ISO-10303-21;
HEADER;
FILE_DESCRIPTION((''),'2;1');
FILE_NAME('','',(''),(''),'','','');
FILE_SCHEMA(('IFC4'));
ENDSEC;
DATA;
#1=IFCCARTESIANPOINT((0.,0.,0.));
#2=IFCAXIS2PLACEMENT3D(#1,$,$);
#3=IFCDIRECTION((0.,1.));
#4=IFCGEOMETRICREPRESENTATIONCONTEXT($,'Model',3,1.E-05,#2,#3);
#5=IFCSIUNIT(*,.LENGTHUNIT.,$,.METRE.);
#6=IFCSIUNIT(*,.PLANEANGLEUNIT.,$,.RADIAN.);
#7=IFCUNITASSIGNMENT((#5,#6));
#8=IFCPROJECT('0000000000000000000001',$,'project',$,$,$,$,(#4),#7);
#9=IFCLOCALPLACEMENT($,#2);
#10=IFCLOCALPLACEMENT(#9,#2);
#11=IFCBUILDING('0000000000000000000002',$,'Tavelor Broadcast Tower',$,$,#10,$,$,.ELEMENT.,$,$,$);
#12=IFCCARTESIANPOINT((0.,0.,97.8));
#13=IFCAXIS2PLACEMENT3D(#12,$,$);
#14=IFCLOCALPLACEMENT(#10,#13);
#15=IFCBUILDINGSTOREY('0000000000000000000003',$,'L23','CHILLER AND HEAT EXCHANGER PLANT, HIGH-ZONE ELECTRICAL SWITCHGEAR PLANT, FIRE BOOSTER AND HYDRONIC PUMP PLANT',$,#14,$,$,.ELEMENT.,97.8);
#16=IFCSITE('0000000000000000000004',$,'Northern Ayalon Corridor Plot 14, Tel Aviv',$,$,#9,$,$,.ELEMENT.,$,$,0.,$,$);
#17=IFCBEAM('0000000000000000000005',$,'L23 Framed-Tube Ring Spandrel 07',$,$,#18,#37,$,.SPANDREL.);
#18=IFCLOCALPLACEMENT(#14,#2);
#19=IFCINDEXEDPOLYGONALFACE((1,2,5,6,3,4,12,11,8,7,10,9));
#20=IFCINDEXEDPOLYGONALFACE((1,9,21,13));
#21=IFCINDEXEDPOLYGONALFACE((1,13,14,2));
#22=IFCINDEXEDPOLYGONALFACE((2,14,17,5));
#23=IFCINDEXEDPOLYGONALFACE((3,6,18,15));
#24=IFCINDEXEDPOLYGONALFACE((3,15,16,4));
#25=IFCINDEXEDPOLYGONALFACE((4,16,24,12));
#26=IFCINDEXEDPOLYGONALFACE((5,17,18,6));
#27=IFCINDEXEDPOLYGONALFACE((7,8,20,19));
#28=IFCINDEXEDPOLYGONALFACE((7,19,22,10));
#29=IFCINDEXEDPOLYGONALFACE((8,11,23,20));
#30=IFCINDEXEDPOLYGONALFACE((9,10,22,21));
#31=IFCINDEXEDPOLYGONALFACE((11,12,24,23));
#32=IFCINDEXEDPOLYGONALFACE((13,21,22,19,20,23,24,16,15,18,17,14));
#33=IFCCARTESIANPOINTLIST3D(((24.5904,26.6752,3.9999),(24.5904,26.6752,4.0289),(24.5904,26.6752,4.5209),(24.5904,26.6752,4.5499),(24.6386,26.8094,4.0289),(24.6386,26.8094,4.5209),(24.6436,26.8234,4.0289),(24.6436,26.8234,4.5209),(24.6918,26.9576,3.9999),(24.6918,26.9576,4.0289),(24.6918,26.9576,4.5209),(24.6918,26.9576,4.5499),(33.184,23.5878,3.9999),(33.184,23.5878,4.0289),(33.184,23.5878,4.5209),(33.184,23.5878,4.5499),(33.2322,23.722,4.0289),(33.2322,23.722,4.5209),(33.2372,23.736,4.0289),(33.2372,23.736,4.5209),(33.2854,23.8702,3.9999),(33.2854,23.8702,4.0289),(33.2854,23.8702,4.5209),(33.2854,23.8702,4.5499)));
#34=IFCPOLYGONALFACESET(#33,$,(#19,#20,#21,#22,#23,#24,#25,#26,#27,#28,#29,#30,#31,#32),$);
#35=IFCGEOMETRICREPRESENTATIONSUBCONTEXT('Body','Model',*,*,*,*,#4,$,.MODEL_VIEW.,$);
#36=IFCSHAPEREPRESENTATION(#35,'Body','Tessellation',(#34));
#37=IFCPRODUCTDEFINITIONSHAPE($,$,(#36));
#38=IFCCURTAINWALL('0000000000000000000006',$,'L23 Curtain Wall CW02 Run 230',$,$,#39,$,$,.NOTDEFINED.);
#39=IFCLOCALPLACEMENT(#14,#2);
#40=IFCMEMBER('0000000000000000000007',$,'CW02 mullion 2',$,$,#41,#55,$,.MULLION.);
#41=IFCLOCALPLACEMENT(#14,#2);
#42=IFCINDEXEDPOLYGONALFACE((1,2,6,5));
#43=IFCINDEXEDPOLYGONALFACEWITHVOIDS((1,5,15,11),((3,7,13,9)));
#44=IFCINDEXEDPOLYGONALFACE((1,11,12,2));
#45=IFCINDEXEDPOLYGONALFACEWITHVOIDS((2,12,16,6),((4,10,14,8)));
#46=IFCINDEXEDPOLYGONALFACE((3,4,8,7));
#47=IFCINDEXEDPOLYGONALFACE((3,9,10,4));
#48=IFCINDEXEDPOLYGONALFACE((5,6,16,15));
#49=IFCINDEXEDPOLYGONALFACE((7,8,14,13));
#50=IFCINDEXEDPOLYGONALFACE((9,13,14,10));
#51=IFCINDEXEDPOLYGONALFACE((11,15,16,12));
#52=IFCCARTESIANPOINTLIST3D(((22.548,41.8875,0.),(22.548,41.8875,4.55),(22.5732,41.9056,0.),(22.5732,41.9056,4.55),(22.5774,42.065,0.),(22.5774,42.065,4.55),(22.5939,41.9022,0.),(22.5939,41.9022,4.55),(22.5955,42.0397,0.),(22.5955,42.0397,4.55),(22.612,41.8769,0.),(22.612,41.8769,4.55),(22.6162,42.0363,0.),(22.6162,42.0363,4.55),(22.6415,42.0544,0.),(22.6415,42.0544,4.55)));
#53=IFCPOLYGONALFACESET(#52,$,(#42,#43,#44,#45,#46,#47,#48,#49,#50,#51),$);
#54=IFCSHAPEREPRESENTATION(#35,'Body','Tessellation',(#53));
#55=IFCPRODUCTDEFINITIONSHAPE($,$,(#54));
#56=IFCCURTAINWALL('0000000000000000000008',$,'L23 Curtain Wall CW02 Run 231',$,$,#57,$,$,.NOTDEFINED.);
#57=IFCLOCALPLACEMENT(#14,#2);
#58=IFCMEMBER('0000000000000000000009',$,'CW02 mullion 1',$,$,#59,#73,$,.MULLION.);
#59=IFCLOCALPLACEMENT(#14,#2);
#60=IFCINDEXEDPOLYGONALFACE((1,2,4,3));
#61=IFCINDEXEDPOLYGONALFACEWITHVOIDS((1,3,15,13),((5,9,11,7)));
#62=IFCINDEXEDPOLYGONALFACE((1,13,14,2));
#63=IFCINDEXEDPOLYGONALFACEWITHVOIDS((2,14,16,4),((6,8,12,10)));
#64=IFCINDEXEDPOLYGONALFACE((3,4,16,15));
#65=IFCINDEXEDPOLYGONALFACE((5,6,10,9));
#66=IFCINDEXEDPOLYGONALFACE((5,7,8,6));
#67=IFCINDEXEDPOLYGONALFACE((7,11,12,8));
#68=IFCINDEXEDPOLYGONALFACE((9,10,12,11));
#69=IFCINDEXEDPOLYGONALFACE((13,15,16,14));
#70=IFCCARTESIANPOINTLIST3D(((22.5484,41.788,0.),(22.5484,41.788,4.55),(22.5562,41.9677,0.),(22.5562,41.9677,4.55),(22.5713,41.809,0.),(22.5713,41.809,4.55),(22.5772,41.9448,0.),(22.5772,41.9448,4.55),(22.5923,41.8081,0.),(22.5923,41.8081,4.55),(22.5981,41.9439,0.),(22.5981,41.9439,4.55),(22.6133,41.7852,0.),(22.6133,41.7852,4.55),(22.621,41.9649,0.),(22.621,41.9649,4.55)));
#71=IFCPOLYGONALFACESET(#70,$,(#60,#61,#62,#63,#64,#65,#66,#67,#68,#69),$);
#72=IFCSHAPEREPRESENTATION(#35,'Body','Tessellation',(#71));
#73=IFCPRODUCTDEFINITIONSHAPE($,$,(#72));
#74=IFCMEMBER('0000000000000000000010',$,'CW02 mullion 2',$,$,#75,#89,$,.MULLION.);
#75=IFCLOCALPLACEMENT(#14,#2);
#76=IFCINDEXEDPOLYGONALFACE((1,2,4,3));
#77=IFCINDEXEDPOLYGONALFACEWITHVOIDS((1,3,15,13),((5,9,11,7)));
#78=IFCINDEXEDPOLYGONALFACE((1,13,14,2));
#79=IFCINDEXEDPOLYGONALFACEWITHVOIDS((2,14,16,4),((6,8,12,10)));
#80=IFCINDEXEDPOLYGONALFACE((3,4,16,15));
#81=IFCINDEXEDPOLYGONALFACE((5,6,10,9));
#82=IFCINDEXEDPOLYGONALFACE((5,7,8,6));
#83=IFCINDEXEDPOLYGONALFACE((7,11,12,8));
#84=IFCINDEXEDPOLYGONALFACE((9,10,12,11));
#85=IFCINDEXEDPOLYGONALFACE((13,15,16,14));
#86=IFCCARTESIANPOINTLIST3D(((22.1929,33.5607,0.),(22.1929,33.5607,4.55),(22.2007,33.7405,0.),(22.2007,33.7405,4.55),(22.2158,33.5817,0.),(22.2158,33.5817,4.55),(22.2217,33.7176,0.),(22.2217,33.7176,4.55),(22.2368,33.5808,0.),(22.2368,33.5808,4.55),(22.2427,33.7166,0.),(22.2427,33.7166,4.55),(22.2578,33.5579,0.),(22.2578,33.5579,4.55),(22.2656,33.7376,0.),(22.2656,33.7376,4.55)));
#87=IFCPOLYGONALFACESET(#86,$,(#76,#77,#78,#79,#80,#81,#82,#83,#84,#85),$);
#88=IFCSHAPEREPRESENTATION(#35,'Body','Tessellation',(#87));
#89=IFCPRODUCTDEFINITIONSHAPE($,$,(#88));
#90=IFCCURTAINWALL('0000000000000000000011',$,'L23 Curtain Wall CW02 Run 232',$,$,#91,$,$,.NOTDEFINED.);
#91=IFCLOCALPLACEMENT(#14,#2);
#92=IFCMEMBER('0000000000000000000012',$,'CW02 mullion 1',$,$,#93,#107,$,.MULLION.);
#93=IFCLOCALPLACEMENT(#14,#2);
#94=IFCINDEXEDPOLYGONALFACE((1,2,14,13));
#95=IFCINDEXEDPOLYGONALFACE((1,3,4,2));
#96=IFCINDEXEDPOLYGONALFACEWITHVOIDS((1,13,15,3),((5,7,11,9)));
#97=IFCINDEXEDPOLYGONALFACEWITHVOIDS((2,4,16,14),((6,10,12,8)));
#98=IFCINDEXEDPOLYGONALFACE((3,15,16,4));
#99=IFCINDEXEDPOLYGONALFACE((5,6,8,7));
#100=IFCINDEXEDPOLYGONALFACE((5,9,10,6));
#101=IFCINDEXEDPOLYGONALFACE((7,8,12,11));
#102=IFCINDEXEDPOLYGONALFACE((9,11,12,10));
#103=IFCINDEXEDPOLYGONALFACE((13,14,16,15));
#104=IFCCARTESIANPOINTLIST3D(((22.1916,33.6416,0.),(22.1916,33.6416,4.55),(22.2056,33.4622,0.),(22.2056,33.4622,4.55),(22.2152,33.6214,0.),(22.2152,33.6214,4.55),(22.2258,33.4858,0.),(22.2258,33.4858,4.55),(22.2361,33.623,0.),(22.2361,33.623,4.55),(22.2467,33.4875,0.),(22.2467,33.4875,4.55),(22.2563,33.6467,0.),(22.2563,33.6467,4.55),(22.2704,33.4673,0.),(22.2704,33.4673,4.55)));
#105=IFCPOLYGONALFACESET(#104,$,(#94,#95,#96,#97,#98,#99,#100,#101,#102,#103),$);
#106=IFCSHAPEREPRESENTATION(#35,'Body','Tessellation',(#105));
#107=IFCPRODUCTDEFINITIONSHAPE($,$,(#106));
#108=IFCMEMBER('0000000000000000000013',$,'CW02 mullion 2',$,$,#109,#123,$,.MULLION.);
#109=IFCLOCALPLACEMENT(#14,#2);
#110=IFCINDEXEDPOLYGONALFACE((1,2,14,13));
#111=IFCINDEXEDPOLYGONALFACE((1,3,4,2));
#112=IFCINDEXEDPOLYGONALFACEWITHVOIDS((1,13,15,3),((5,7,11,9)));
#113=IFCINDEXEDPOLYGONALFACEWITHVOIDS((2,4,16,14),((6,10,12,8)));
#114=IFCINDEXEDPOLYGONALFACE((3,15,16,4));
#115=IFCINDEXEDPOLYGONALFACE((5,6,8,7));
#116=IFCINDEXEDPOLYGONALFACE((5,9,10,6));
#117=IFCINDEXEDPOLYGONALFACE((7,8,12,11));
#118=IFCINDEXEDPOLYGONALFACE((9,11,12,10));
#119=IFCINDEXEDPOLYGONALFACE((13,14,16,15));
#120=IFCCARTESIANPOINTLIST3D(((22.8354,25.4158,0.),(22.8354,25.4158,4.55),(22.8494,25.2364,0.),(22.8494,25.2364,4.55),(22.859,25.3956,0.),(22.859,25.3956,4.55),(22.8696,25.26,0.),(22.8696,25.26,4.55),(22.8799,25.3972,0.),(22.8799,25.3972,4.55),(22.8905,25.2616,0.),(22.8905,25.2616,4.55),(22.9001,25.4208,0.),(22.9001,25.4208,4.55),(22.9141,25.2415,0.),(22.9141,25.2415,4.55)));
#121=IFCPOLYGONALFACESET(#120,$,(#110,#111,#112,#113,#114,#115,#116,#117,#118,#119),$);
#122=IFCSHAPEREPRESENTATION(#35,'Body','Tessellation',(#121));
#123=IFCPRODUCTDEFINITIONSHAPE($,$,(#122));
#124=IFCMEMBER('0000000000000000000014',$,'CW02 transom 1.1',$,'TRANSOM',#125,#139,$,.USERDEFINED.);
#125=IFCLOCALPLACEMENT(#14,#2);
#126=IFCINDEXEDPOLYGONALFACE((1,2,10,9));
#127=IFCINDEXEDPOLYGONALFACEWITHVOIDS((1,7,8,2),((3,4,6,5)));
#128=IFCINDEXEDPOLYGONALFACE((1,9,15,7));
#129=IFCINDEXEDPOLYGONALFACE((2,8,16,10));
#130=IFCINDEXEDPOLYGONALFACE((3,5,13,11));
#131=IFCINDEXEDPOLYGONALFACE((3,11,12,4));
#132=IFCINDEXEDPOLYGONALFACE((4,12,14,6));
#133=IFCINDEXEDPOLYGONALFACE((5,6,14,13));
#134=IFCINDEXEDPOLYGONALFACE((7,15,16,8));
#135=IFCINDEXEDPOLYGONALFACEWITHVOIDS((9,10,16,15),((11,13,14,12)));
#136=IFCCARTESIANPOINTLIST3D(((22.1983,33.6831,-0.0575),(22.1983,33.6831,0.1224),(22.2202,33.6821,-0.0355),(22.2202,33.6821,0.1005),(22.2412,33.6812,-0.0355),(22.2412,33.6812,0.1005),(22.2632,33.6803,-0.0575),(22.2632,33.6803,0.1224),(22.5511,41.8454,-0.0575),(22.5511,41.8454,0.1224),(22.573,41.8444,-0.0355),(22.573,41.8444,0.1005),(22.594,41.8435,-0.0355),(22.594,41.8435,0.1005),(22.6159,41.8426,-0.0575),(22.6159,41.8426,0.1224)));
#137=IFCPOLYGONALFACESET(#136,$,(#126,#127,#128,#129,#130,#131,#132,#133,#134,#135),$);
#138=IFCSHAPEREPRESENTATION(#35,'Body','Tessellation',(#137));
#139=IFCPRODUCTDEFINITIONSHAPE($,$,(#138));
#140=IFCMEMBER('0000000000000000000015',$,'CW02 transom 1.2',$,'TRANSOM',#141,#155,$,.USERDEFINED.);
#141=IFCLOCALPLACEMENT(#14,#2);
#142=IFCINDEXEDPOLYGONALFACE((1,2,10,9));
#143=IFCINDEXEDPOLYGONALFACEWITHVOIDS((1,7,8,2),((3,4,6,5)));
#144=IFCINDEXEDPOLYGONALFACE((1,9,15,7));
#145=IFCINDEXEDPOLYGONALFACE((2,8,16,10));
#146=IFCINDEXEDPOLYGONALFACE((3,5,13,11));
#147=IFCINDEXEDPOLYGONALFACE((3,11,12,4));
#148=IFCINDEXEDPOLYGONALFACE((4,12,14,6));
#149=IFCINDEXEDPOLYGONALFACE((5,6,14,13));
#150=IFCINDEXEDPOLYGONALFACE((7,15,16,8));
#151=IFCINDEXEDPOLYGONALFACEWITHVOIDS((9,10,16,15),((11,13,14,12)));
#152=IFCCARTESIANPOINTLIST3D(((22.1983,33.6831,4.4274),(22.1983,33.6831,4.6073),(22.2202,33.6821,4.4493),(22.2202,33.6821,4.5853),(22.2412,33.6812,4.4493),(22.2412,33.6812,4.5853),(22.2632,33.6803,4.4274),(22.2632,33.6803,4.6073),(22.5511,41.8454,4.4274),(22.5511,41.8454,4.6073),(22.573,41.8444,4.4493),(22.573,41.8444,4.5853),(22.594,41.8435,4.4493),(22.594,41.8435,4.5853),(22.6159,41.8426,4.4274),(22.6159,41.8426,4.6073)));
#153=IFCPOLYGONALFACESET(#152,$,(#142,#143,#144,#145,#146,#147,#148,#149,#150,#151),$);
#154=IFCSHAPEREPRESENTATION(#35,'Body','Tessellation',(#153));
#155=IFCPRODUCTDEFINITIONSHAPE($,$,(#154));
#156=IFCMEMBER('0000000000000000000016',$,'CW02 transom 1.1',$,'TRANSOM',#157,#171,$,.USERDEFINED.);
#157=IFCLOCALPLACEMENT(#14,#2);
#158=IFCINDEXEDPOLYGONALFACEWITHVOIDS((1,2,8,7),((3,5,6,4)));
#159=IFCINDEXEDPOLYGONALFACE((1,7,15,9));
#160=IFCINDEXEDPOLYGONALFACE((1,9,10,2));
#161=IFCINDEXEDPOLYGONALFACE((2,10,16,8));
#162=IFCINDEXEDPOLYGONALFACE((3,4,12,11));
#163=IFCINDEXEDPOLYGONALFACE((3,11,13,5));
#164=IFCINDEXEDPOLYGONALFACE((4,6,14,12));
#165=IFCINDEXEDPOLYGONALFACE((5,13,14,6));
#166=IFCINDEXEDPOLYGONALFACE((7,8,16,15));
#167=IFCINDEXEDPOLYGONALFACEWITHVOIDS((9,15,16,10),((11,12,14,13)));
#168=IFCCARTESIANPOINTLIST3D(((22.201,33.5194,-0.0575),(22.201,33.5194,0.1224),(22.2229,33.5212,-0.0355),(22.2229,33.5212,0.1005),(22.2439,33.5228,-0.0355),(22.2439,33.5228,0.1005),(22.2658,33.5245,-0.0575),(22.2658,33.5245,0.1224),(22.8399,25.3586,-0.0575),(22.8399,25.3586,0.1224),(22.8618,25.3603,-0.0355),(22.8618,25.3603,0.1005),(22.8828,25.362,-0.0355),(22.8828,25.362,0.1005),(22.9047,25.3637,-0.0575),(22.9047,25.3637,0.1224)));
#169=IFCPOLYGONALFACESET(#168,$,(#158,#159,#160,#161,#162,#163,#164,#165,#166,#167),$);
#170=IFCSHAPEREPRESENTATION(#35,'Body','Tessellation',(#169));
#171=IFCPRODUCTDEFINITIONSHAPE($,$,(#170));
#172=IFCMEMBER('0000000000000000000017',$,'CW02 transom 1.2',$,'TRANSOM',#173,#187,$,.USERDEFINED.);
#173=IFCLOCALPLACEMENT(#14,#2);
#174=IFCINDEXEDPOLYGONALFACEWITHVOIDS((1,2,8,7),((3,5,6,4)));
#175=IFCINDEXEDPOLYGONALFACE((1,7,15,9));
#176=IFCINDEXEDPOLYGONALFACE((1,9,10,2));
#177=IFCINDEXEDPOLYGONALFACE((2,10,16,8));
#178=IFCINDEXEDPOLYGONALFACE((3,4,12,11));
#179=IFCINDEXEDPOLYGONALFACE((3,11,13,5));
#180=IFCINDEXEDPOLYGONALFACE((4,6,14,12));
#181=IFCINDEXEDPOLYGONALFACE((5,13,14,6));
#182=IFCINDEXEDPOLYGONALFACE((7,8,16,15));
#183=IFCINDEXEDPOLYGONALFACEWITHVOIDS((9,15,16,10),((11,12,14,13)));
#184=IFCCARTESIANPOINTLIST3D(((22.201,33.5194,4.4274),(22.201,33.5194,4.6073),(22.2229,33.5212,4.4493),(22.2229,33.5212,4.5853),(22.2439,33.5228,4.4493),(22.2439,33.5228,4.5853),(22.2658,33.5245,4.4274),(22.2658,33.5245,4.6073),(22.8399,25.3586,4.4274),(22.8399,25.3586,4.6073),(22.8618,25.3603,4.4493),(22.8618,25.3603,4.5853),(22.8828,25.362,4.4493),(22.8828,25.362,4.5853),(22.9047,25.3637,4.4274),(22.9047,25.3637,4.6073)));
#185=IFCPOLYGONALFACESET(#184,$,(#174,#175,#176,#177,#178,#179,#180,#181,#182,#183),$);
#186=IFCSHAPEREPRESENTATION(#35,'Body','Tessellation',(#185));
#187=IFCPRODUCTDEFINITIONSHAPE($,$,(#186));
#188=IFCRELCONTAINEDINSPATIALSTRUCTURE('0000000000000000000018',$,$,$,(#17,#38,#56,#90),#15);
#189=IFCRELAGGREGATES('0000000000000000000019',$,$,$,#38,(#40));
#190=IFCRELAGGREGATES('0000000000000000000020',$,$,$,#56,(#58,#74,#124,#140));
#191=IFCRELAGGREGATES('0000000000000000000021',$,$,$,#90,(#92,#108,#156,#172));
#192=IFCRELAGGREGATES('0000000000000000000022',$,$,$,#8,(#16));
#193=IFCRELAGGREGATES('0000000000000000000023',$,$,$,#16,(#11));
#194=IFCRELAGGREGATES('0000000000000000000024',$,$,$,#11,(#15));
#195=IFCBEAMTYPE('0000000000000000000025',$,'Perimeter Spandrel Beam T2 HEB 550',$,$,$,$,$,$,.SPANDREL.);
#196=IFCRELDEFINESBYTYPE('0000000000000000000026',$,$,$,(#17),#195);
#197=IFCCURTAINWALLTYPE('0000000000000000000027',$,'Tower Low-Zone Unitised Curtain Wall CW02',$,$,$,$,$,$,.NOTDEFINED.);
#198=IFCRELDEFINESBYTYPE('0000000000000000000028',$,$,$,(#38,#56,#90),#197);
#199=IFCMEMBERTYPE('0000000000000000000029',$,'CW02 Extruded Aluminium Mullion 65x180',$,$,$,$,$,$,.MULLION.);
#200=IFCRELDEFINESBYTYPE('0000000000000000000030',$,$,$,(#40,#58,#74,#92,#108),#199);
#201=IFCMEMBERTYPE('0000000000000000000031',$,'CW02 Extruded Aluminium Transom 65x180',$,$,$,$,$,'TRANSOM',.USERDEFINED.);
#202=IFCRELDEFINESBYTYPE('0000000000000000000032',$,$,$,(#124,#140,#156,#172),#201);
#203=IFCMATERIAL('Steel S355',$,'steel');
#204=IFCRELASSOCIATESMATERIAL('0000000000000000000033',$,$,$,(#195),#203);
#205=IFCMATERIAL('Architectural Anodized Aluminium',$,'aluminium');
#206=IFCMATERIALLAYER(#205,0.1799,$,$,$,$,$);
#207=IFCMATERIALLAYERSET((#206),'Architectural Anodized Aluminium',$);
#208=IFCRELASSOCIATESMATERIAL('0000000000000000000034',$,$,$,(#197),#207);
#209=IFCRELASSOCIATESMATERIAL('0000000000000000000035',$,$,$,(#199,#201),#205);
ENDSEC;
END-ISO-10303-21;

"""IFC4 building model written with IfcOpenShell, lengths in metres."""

from ifc_helpers import new_model, si_unit, direction, frame, origin, origin_2d, place, context, subcontext, project, spatial, hollow_rectangle, i_section, extrude, source, transform, mapped, material, layer, layer_set, material_profile, profile_set, type_object, type_shapes, element, aggregate, save


model = new_model("IFC4")

# Units and contexts
model_context = context("Model", 3, precision=1e-05, world=origin(), true_north=direction((0.0, 1.0)))
body_context = subcontext(model_context, "Body", "Model", "MODEL_VIEW")
ifc_project = project(units=[si_unit("LENGTHUNIT", "METRE"), si_unit("PLANEANGLEUNIT", "RADIAN")], contexts=[model_context])

# Site, building, storey
site_placement = place(None, origin())
site = spatial("IfcSite", under=ifc_project, at=site_placement, Name="Northern Ayalon Corridor Plot 14, Tel Aviv", CompositionType="ELEMENT", RefElevation=0.0)
building_placement = place(site_placement, origin())
building = spatial("IfcBuilding", under=site, at=building_placement, Name="Tavelor Broadcast Tower", CompositionType="ELEMENT")
storey_placement = place(building_placement, frame((0.0, 0.0, 97.8)))
storey = spatial("IfcBuildingStorey", under=building, at=storey_placement, Name="L23", Description="CHILLER AND HEAT EXCHANGER PLANT, HIGH-ZONE ELECTRICAL SWITCHGEAR PLANT, FIRE BOOSTER AND HYDRONIC PUMP PLANT", CompositionType="ELEMENT", Elevation=97.8)

# Beam
ifc_material_1 = material(Name="Steel S355", Category="steel")
ifc_material_profile_1 = material_profile(ifc_material_1, i_section(OverallWidth=0.3, OverallDepth=0.55, WebThickness=0.0149, FlangeThickness=0.0291, at=origin_2d()), Name="HEB 550")
ifc_profile_set_1 = profile_set([ifc_material_profile_1], Name="Steel S355")
beam_type_1 = type_object("IfcBeamType", Name="Perimeter Spandrel Beam T2 HEB 550", PredefinedType="SPANDREL", material=ifc_profile_set_1)
beam_1_placement = place(storey_placement, frame((24.6411, 26.8164, 4.2749), z_axis=(0.941106, -0.338113, 0.0), x_axis=(0.338113, 0.941106, 0.0)))
element("IfcBeam", 1, at=beam_1_placement, inside=storey, type_object=beam_type_1, Name="L23 Framed-Tube Ring Spandrel 07", PredefinedType="SPANDREL", context=body_context, shape_type="SweptSolid", body=[
    extrude(i_section(OverallWidth=0.3, OverallDepth=0.55, WebThickness=0.0149, FlangeThickness=0.0291, at=origin_2d()), origin(), (0.0, 0.0, 1.0), 9.1313),
])

# Curtain wall, member
ifc_material_2 = material(Name="Architectural Anodized Aluminium", Category="aluminium")
ifc_layer_1 = layer(ifc_material_2, 0.1799)
ifc_layer_set_1 = layer_set([ifc_layer_1], Name="Architectural Anodized Aluminium")
curtain_wall_type = type_object("IfcCurtainWallType", Name="Tower Low-Zone Unitised Curtain Wall CW02", PredefinedType="NOTDEFINED", material=ifc_layer_set_1)
curtain_wall_1_placement = place(storey_placement, origin())
curtain_wall_1 = element("IfcCurtainWall", 2, at=curtain_wall_1_placement, inside=storey, type_object=curtain_wall_type, Name="L23 Curtain Wall CW02 Run 230", PredefinedType="NOTDEFINED")
ifc_material_profile_2 = material_profile(ifc_material_2, hollow_rectangle(XDim=0.0649, YDim=0.1799, WallThickness=0.022, at=origin_2d()), Name="RHS 65x180x22")
ifc_profile_set_2 = profile_set([ifc_material_profile_2], Name="Architectural Anodized Aluminium")
member_type_1 = type_object("IfcMemberType", Name="CW02 Extruded Aluminium Mullion 65x180", PredefinedType="MULLION", material=ifc_profile_set_2)
shared_shape_1 = source(origin(), body_context, "Body", "SweptSolid", [
    extrude(hollow_rectangle(XDim=0.0649, YDim=0.1799, WallThickness=0.022, at=origin_2d()), origin(), (0.0, 0.0, 1.0), 4.55),
])
type_shapes(member_type_1, [shared_shape_1])
member_1_placement = place(storey_placement, frame((22.5947, 41.9709, 0.0), z_axis=(0.0, 0.0, 1.0), x_axis=(0.986502, -0.163746, 0.0)))
member_1 = element("IfcMember", 3, at=member_1_placement, type_object=member_type_1, Name="CW02 mullion 2", PredefinedType="MULLION", context=body_context, shape_type="MappedRepresentation", body=[
    mapped(shared_shape_1, transform((0.0, 0.0, 0.0), scale=1.0)),
])
aggregate(curtain_wall_1, [member_1])

# Curtain walls, members
curtain_wall_2_placement = place(storey_placement, origin())
curtain_wall_2 = element("IfcCurtainWall", 4, at=curtain_wall_2_placement, inside=storey, type_object=curtain_wall_type, Name="L23 Curtain Wall CW02 Run 231", PredefinedType="NOTDEFINED")
member_2_placement = place(storey_placement, frame((22.5847, 41.8765, 0.0), z_axis=(0.0, 0.0, 1.0), x_axis=(0.999067, -0.043181, 0.0)))
member_2 = element("IfcMember", 5, at=member_2_placement, type_object=member_type_1, Name="CW02 mullion 1", PredefinedType="MULLION", context=body_context, shape_type="MappedRepresentation", body=[
    mapped(shared_shape_1, transform((0.0, 0.0, 0.0), scale=1.0)),
])
member_3_placement = place(storey_placement, frame((22.2292, 33.6492, 0.0), z_axis=(0.0, 0.0, 1.0), x_axis=(0.999067, -0.043181, 0.0)))
member_3 = element("IfcMember", 6, at=member_3_placement, type_object=member_type_1, Name="CW02 mullion 2", PredefinedType="MULLION", context=body_context, shape_type="MappedRepresentation", body=[
    mapped(shared_shape_1, transform((0.0, 0.0, 0.0), scale=1.0)),
])
curtain_wall_3_placement = place(storey_placement, origin())
curtain_wall_3 = element("IfcCurtainWall", 7, at=curtain_wall_3_placement, inside=storey, type_object=curtain_wall_type, Name="L23 Curtain Wall CW02 Run 232", PredefinedType="NOTDEFINED")
member_4_placement = place(storey_placement, frame((22.231, 33.5544, 0.0), z_axis=(0.0, 0.0, 1.0), x_axis=(0.996949, 0.078055, 0.0)))
member_4 = element("IfcMember", 8, at=member_4_placement, type_object=member_type_1, Name="CW02 mullion 1", PredefinedType="MULLION", context=body_context, shape_type="MappedRepresentation", body=[
    mapped(shared_shape_1, transform((0.0, 0.0, 0.0), scale=1.0)),
])
member_5_placement = place(storey_placement, frame((22.8748, 25.3286, 0.0), z_axis=(0.0, 0.0, 1.0), x_axis=(0.996949, 0.078055, 0.0)))
member_5 = element("IfcMember", 9, at=member_5_placement, type_object=member_type_1, Name="CW02 mullion 2", PredefinedType="MULLION", context=body_context, shape_type="MappedRepresentation", body=[
    mapped(shared_shape_1, transform((0.0, 0.0, 0.0), scale=1.0)),
])

# Members
ifc_material_profile_3 = material_profile(ifc_material_2, hollow_rectangle(XDim=0.0649, YDim=0.1799, WallThickness=0.022, at=origin_2d()), Name="RHS 65x180x22")
ifc_profile_set_3 = profile_set([ifc_material_profile_3], Name="Architectural Anodized Aluminium")
member_type_2 = type_object("IfcMemberType", Name="CW02 Extruded Aluminium Transom 65x180", ElementType="TRANSOM", PredefinedType="USERDEFINED", material=ifc_profile_set_3)
shared_shape_2 = source(origin(), body_context, "Body", "SweptSolid", [
    extrude(hollow_rectangle(XDim=0.0649, YDim=0.1799, WallThickness=0.022, at=origin_2d()), origin(), (0.0, 0.0, 1.0), 8.1699),
])
member_6_placement = place(storey_placement, frame((22.5835, 41.844, 0.0325), z_axis=(-0.04318, -0.999067, 0.0), x_axis=(0.999067, -0.04318, 0.0)))
member_6 = element("IfcMember", 10, at=member_6_placement, type_object=member_type_2, Name="CW02 transom 1.1", ObjectType="TRANSOM", PredefinedType="USERDEFINED", context=body_context, shape_type="MappedRepresentation", body=[
    mapped(shared_shape_2, transform((0.0, 0.0, 0.0), scale=1.0)),
])
member_7_placement = place(storey_placement, frame((22.5835, 41.844, 4.5173), z_axis=(-0.04318, -0.999067, 0.0), x_axis=(0.999067, -0.04318, 0.0)))
member_7 = element("IfcMember", 11, at=member_7_placement, type_object=member_type_2, Name="CW02 transom 1.2", ObjectType="TRANSOM", PredefinedType="USERDEFINED", context=body_context, shape_type="MappedRepresentation", body=[
    mapped(shared_shape_2, transform((0.0, 0.0, 0.0), scale=1.0)),
])
shared_shape_3 = source(origin(), body_context, "Body", "SweptSolid", [
    extrude(hollow_rectangle(XDim=0.0649, YDim=0.1799, WallThickness=0.022, at=origin_2d()), origin(), (0.0, 0.0, 1.0), 8.1858),
])
type_shapes(member_type_2, [shared_shape_2, shared_shape_3])
member_8_placement = place(storey_placement, frame((22.2334, 33.522, 0.0325), z_axis=(0.078051, -0.996949, 0.0), x_axis=(0.996949, 0.078051, 0.0)))
member_8 = element("IfcMember", 12, at=member_8_placement, type_object=member_type_2, Name="CW02 transom 1.1", ObjectType="TRANSOM", PredefinedType="USERDEFINED", context=body_context, shape_type="MappedRepresentation", body=[
    mapped(shared_shape_3, transform((0.0, 0.0, 0.0), scale=1.0)),
])
member_9_placement = place(storey_placement, frame((22.2334, 33.522, 4.5173), z_axis=(0.078051, -0.996949, 0.0), x_axis=(0.996949, 0.078051, 0.0)))
member_9 = element("IfcMember", 13, at=member_9_placement, type_object=member_type_2, Name="CW02 transom 1.2", ObjectType="TRANSOM", PredefinedType="USERDEFINED", context=body_context, shape_type="MappedRepresentation", body=[
    mapped(shared_shape_3, transform((0.0, 0.0, 0.0), scale=1.0)),
])

aggregate(curtain_wall_2, [member_2, member_3, member_6, member_7])
aggregate(curtain_wall_3, [member_4, member_5, member_8, member_9])

save(model, "model.ifc")
